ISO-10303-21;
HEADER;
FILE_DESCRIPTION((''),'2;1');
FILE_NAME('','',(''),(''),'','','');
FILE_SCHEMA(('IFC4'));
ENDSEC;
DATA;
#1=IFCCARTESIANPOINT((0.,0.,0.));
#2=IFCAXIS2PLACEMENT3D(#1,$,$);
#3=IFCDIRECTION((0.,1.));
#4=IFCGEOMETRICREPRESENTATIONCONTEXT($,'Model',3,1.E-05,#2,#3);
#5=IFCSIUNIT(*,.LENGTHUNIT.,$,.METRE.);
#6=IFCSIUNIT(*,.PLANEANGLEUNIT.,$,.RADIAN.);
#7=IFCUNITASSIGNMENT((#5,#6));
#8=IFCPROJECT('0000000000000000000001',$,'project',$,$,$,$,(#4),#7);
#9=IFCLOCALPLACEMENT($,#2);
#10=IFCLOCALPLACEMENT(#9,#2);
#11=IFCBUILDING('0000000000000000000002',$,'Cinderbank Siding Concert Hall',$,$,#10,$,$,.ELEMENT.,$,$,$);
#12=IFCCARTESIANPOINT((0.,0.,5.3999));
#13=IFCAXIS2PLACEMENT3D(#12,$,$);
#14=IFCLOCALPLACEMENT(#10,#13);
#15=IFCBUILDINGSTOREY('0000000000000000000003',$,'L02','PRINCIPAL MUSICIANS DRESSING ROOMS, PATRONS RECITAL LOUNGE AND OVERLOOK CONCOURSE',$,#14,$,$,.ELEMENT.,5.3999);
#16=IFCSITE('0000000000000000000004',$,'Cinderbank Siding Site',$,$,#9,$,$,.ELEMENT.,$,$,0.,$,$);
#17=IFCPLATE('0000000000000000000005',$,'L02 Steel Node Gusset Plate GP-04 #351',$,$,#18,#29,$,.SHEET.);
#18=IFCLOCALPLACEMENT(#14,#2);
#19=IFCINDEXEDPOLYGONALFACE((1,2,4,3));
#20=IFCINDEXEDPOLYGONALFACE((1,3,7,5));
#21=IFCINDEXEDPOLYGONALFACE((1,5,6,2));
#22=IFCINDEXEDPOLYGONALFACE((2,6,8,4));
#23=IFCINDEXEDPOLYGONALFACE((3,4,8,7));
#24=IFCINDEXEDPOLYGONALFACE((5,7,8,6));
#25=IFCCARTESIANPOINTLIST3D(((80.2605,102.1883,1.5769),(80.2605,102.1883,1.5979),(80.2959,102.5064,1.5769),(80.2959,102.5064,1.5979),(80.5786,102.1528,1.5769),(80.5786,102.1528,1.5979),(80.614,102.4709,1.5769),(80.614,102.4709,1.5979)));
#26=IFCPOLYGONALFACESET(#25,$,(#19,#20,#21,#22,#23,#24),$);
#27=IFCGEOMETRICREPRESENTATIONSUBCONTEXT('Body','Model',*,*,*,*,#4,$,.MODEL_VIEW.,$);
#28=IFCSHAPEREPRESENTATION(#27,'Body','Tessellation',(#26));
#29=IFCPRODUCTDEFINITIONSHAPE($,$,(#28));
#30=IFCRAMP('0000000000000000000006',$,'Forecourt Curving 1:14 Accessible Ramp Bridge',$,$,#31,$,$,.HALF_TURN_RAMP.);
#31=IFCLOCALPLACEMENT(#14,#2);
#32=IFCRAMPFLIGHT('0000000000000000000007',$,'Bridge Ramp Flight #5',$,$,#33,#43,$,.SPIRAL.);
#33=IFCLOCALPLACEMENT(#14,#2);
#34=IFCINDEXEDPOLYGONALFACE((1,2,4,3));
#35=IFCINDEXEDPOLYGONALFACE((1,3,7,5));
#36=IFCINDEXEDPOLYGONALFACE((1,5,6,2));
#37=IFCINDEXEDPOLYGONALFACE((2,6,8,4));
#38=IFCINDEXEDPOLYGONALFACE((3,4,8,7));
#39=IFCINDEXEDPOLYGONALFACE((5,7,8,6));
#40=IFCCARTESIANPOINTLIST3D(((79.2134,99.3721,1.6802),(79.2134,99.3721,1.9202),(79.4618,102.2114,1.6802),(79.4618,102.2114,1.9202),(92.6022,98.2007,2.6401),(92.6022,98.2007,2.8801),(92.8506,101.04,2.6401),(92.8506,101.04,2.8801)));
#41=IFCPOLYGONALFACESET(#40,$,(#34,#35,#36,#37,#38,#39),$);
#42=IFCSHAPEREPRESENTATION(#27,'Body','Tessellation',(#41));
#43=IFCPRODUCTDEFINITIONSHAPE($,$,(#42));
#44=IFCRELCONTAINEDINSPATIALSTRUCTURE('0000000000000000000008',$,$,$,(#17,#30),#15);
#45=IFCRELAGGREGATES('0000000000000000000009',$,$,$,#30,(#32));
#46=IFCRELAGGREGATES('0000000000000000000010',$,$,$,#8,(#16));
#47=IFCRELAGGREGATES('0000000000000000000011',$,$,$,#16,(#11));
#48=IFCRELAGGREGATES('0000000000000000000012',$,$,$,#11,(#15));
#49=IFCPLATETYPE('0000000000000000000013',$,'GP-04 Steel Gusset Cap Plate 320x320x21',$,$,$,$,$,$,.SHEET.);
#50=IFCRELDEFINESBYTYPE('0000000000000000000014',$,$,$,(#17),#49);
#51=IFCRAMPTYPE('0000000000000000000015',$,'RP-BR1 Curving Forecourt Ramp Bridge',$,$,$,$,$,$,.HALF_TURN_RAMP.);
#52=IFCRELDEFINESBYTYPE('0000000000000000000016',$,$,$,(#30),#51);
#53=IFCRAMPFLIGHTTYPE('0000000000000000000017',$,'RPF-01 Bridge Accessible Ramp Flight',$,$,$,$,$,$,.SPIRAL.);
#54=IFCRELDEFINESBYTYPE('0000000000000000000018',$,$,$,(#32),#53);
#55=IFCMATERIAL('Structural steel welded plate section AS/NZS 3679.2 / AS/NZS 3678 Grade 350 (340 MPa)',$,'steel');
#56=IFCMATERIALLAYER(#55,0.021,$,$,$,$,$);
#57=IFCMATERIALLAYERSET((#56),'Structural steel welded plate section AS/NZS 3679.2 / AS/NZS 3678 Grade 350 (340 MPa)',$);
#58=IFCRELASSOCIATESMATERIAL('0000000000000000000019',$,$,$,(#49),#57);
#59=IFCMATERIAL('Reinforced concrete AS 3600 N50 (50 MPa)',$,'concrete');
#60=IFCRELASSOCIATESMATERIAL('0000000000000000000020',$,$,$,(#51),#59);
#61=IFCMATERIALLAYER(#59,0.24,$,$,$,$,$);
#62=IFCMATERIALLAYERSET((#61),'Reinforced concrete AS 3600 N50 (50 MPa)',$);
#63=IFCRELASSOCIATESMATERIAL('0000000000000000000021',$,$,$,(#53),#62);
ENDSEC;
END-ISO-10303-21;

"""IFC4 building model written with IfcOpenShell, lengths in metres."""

from ifc_helpers import new_model, si_unit, direction, frame, origin, origin_2d, place, context, subcontext, project, spatial, polyline, rectangle, outline, extrude, material, layer, layer_set, type_object, element, aggregate, save


model = new_model("IFC4")

# Units and contexts
model_context = context("Model", 3, precision=1e-05, world=origin(), true_north=direction((0.0, 1.0)))
body_context = subcontext(model_context, "Body", "Model", "MODEL_VIEW")
ifc_project = project(units=[si_unit("LENGTHUNIT", "METRE"), si_unit("PLANEANGLEUNIT", "RADIAN")], contexts=[model_context])

# Site, building, storey
site_placement = place(None, origin())
site = spatial("IfcSite", under=ifc_project, at=site_placement, Name="Cinderbank Siding Site", CompositionType="ELEMENT", RefElevation=0.0)
building_placement = place(site_placement, origin())
building = spatial("IfcBuilding", under=site, at=building_placement, Name="Cinderbank Siding Concert Hall", CompositionType="ELEMENT")
storey_placement = place(building_placement, frame((0.0, 0.0, 5.3999)))
storey = spatial("IfcBuildingStorey", under=building, at=storey_placement, Name="L02", Description="PRINCIPAL MUSICIANS DRESSING ROOMS, PATRONS RECITAL LOUNGE AND OVERLOOK CONCOURSE", CompositionType="ELEMENT", Elevation=5.3999)

# Shared definitions
ifc_material_1 = material(Name="Structural steel welded plate section AS/NZS 3679.2 / AS/NZS 3678 Grade 350 (340 MPa)", Category="steel")

# Plate
ifc_layer_1 = layer(ifc_material_1, 0.021)
ifc_layer_set_1 = layer_set([ifc_layer_1], Name="Structural steel welded plate section AS/NZS 3679.2 / AS/NZS 3678 Grade 350 (340 MPa)")
plate_type_1 = type_object("IfcPlateType", Name="GP-04 Steel Gusset Cap Plate 320x320x21", PredefinedType="SHEET", material=ifc_layer_set_1)
for number, where, z_axis, x_axis, name in (
    (1, (80.4373, 102.3296, 1.5769), (0.0, 0.0, 1.0), (0.110775, 0.993845, 0.0), "L02 Steel Node Gusset Plate GP-04 #351"),
):
    element("IfcPlate", number, at=place(storey_placement, frame(where, z_axis=z_axis, x_axis=x_axis)), inside=storey, type_object=plate_type_1, Name=name, PredefinedType="SHEET", context=body_context, shape_type="SweptSolid", body=[
        extrude(rectangle(XDim=0.3201, YDim=0.3201, at=origin_2d()), origin(), (0.0, 0.0, 1.0), 0.021),
    ])

# Ramp, ramp flight
ifc_material_2 = material(Name="Reinforced concrete AS 3600 N50 (50 MPa)", Category="concrete")
ramp_type = type_object("IfcRampType", Name="RP-BR1 Curving Forecourt Ramp Bridge", PredefinedType="HALF_TURN_RAMP", material=ifc_material_2)
ramp_placement = place(storey_placement, origin())
ramp = element("IfcRamp", 2, at=ramp_placement, inside=storey, type_object=ramp_type, Name="Forecourt Curving 1:14 Accessible Ramp Bridge", PredefinedType="HALF_TURN_RAMP")
ifc_layer_2 = layer(ifc_material_2, 0.24)
ifc_layer_set_2 = layer_set([ifc_layer_2], Name="Reinforced concrete AS 3600 N50 (50 MPa)")
ramp_flight_type = type_object("IfcRampFlightType", Name="RPF-01 Bridge Accessible Ramp Flight", PredefinedType="SPIRAL", material=ifc_layer_set_2)
ramp_flight_placement = place(storey_placement, frame((79.3376, 100.7917, 1.9202), z_axis=(0.0, 0.0, 1.0), x_axis=(0.996195, -0.087156, 0.0)))
ramp_flight = element("IfcRampFlight", 3, at=ramp_flight_placement, type_object=ramp_flight_type, Name="Bridge Ramp Flight #5", PredefinedType="SPIRAL", context=body_context, shape_type="SweptSolid", body=[
    extrude(outline(polyline([(0.0, 0.0), (13.4399, 0.96), (13.4399, 0.72), (0.0, -0.24), (0.0, 0.0)])), frame((0.0, 1.425, 0.0), z_axis=(0.0, -1.0, 0.0), x_axis=(1.0, 0.0, 0.0)), (0.0, 0.0, 1.0), 2.8501),
])
aggregate(ramp, [ramp_flight])

save(model, "model.ifc")
